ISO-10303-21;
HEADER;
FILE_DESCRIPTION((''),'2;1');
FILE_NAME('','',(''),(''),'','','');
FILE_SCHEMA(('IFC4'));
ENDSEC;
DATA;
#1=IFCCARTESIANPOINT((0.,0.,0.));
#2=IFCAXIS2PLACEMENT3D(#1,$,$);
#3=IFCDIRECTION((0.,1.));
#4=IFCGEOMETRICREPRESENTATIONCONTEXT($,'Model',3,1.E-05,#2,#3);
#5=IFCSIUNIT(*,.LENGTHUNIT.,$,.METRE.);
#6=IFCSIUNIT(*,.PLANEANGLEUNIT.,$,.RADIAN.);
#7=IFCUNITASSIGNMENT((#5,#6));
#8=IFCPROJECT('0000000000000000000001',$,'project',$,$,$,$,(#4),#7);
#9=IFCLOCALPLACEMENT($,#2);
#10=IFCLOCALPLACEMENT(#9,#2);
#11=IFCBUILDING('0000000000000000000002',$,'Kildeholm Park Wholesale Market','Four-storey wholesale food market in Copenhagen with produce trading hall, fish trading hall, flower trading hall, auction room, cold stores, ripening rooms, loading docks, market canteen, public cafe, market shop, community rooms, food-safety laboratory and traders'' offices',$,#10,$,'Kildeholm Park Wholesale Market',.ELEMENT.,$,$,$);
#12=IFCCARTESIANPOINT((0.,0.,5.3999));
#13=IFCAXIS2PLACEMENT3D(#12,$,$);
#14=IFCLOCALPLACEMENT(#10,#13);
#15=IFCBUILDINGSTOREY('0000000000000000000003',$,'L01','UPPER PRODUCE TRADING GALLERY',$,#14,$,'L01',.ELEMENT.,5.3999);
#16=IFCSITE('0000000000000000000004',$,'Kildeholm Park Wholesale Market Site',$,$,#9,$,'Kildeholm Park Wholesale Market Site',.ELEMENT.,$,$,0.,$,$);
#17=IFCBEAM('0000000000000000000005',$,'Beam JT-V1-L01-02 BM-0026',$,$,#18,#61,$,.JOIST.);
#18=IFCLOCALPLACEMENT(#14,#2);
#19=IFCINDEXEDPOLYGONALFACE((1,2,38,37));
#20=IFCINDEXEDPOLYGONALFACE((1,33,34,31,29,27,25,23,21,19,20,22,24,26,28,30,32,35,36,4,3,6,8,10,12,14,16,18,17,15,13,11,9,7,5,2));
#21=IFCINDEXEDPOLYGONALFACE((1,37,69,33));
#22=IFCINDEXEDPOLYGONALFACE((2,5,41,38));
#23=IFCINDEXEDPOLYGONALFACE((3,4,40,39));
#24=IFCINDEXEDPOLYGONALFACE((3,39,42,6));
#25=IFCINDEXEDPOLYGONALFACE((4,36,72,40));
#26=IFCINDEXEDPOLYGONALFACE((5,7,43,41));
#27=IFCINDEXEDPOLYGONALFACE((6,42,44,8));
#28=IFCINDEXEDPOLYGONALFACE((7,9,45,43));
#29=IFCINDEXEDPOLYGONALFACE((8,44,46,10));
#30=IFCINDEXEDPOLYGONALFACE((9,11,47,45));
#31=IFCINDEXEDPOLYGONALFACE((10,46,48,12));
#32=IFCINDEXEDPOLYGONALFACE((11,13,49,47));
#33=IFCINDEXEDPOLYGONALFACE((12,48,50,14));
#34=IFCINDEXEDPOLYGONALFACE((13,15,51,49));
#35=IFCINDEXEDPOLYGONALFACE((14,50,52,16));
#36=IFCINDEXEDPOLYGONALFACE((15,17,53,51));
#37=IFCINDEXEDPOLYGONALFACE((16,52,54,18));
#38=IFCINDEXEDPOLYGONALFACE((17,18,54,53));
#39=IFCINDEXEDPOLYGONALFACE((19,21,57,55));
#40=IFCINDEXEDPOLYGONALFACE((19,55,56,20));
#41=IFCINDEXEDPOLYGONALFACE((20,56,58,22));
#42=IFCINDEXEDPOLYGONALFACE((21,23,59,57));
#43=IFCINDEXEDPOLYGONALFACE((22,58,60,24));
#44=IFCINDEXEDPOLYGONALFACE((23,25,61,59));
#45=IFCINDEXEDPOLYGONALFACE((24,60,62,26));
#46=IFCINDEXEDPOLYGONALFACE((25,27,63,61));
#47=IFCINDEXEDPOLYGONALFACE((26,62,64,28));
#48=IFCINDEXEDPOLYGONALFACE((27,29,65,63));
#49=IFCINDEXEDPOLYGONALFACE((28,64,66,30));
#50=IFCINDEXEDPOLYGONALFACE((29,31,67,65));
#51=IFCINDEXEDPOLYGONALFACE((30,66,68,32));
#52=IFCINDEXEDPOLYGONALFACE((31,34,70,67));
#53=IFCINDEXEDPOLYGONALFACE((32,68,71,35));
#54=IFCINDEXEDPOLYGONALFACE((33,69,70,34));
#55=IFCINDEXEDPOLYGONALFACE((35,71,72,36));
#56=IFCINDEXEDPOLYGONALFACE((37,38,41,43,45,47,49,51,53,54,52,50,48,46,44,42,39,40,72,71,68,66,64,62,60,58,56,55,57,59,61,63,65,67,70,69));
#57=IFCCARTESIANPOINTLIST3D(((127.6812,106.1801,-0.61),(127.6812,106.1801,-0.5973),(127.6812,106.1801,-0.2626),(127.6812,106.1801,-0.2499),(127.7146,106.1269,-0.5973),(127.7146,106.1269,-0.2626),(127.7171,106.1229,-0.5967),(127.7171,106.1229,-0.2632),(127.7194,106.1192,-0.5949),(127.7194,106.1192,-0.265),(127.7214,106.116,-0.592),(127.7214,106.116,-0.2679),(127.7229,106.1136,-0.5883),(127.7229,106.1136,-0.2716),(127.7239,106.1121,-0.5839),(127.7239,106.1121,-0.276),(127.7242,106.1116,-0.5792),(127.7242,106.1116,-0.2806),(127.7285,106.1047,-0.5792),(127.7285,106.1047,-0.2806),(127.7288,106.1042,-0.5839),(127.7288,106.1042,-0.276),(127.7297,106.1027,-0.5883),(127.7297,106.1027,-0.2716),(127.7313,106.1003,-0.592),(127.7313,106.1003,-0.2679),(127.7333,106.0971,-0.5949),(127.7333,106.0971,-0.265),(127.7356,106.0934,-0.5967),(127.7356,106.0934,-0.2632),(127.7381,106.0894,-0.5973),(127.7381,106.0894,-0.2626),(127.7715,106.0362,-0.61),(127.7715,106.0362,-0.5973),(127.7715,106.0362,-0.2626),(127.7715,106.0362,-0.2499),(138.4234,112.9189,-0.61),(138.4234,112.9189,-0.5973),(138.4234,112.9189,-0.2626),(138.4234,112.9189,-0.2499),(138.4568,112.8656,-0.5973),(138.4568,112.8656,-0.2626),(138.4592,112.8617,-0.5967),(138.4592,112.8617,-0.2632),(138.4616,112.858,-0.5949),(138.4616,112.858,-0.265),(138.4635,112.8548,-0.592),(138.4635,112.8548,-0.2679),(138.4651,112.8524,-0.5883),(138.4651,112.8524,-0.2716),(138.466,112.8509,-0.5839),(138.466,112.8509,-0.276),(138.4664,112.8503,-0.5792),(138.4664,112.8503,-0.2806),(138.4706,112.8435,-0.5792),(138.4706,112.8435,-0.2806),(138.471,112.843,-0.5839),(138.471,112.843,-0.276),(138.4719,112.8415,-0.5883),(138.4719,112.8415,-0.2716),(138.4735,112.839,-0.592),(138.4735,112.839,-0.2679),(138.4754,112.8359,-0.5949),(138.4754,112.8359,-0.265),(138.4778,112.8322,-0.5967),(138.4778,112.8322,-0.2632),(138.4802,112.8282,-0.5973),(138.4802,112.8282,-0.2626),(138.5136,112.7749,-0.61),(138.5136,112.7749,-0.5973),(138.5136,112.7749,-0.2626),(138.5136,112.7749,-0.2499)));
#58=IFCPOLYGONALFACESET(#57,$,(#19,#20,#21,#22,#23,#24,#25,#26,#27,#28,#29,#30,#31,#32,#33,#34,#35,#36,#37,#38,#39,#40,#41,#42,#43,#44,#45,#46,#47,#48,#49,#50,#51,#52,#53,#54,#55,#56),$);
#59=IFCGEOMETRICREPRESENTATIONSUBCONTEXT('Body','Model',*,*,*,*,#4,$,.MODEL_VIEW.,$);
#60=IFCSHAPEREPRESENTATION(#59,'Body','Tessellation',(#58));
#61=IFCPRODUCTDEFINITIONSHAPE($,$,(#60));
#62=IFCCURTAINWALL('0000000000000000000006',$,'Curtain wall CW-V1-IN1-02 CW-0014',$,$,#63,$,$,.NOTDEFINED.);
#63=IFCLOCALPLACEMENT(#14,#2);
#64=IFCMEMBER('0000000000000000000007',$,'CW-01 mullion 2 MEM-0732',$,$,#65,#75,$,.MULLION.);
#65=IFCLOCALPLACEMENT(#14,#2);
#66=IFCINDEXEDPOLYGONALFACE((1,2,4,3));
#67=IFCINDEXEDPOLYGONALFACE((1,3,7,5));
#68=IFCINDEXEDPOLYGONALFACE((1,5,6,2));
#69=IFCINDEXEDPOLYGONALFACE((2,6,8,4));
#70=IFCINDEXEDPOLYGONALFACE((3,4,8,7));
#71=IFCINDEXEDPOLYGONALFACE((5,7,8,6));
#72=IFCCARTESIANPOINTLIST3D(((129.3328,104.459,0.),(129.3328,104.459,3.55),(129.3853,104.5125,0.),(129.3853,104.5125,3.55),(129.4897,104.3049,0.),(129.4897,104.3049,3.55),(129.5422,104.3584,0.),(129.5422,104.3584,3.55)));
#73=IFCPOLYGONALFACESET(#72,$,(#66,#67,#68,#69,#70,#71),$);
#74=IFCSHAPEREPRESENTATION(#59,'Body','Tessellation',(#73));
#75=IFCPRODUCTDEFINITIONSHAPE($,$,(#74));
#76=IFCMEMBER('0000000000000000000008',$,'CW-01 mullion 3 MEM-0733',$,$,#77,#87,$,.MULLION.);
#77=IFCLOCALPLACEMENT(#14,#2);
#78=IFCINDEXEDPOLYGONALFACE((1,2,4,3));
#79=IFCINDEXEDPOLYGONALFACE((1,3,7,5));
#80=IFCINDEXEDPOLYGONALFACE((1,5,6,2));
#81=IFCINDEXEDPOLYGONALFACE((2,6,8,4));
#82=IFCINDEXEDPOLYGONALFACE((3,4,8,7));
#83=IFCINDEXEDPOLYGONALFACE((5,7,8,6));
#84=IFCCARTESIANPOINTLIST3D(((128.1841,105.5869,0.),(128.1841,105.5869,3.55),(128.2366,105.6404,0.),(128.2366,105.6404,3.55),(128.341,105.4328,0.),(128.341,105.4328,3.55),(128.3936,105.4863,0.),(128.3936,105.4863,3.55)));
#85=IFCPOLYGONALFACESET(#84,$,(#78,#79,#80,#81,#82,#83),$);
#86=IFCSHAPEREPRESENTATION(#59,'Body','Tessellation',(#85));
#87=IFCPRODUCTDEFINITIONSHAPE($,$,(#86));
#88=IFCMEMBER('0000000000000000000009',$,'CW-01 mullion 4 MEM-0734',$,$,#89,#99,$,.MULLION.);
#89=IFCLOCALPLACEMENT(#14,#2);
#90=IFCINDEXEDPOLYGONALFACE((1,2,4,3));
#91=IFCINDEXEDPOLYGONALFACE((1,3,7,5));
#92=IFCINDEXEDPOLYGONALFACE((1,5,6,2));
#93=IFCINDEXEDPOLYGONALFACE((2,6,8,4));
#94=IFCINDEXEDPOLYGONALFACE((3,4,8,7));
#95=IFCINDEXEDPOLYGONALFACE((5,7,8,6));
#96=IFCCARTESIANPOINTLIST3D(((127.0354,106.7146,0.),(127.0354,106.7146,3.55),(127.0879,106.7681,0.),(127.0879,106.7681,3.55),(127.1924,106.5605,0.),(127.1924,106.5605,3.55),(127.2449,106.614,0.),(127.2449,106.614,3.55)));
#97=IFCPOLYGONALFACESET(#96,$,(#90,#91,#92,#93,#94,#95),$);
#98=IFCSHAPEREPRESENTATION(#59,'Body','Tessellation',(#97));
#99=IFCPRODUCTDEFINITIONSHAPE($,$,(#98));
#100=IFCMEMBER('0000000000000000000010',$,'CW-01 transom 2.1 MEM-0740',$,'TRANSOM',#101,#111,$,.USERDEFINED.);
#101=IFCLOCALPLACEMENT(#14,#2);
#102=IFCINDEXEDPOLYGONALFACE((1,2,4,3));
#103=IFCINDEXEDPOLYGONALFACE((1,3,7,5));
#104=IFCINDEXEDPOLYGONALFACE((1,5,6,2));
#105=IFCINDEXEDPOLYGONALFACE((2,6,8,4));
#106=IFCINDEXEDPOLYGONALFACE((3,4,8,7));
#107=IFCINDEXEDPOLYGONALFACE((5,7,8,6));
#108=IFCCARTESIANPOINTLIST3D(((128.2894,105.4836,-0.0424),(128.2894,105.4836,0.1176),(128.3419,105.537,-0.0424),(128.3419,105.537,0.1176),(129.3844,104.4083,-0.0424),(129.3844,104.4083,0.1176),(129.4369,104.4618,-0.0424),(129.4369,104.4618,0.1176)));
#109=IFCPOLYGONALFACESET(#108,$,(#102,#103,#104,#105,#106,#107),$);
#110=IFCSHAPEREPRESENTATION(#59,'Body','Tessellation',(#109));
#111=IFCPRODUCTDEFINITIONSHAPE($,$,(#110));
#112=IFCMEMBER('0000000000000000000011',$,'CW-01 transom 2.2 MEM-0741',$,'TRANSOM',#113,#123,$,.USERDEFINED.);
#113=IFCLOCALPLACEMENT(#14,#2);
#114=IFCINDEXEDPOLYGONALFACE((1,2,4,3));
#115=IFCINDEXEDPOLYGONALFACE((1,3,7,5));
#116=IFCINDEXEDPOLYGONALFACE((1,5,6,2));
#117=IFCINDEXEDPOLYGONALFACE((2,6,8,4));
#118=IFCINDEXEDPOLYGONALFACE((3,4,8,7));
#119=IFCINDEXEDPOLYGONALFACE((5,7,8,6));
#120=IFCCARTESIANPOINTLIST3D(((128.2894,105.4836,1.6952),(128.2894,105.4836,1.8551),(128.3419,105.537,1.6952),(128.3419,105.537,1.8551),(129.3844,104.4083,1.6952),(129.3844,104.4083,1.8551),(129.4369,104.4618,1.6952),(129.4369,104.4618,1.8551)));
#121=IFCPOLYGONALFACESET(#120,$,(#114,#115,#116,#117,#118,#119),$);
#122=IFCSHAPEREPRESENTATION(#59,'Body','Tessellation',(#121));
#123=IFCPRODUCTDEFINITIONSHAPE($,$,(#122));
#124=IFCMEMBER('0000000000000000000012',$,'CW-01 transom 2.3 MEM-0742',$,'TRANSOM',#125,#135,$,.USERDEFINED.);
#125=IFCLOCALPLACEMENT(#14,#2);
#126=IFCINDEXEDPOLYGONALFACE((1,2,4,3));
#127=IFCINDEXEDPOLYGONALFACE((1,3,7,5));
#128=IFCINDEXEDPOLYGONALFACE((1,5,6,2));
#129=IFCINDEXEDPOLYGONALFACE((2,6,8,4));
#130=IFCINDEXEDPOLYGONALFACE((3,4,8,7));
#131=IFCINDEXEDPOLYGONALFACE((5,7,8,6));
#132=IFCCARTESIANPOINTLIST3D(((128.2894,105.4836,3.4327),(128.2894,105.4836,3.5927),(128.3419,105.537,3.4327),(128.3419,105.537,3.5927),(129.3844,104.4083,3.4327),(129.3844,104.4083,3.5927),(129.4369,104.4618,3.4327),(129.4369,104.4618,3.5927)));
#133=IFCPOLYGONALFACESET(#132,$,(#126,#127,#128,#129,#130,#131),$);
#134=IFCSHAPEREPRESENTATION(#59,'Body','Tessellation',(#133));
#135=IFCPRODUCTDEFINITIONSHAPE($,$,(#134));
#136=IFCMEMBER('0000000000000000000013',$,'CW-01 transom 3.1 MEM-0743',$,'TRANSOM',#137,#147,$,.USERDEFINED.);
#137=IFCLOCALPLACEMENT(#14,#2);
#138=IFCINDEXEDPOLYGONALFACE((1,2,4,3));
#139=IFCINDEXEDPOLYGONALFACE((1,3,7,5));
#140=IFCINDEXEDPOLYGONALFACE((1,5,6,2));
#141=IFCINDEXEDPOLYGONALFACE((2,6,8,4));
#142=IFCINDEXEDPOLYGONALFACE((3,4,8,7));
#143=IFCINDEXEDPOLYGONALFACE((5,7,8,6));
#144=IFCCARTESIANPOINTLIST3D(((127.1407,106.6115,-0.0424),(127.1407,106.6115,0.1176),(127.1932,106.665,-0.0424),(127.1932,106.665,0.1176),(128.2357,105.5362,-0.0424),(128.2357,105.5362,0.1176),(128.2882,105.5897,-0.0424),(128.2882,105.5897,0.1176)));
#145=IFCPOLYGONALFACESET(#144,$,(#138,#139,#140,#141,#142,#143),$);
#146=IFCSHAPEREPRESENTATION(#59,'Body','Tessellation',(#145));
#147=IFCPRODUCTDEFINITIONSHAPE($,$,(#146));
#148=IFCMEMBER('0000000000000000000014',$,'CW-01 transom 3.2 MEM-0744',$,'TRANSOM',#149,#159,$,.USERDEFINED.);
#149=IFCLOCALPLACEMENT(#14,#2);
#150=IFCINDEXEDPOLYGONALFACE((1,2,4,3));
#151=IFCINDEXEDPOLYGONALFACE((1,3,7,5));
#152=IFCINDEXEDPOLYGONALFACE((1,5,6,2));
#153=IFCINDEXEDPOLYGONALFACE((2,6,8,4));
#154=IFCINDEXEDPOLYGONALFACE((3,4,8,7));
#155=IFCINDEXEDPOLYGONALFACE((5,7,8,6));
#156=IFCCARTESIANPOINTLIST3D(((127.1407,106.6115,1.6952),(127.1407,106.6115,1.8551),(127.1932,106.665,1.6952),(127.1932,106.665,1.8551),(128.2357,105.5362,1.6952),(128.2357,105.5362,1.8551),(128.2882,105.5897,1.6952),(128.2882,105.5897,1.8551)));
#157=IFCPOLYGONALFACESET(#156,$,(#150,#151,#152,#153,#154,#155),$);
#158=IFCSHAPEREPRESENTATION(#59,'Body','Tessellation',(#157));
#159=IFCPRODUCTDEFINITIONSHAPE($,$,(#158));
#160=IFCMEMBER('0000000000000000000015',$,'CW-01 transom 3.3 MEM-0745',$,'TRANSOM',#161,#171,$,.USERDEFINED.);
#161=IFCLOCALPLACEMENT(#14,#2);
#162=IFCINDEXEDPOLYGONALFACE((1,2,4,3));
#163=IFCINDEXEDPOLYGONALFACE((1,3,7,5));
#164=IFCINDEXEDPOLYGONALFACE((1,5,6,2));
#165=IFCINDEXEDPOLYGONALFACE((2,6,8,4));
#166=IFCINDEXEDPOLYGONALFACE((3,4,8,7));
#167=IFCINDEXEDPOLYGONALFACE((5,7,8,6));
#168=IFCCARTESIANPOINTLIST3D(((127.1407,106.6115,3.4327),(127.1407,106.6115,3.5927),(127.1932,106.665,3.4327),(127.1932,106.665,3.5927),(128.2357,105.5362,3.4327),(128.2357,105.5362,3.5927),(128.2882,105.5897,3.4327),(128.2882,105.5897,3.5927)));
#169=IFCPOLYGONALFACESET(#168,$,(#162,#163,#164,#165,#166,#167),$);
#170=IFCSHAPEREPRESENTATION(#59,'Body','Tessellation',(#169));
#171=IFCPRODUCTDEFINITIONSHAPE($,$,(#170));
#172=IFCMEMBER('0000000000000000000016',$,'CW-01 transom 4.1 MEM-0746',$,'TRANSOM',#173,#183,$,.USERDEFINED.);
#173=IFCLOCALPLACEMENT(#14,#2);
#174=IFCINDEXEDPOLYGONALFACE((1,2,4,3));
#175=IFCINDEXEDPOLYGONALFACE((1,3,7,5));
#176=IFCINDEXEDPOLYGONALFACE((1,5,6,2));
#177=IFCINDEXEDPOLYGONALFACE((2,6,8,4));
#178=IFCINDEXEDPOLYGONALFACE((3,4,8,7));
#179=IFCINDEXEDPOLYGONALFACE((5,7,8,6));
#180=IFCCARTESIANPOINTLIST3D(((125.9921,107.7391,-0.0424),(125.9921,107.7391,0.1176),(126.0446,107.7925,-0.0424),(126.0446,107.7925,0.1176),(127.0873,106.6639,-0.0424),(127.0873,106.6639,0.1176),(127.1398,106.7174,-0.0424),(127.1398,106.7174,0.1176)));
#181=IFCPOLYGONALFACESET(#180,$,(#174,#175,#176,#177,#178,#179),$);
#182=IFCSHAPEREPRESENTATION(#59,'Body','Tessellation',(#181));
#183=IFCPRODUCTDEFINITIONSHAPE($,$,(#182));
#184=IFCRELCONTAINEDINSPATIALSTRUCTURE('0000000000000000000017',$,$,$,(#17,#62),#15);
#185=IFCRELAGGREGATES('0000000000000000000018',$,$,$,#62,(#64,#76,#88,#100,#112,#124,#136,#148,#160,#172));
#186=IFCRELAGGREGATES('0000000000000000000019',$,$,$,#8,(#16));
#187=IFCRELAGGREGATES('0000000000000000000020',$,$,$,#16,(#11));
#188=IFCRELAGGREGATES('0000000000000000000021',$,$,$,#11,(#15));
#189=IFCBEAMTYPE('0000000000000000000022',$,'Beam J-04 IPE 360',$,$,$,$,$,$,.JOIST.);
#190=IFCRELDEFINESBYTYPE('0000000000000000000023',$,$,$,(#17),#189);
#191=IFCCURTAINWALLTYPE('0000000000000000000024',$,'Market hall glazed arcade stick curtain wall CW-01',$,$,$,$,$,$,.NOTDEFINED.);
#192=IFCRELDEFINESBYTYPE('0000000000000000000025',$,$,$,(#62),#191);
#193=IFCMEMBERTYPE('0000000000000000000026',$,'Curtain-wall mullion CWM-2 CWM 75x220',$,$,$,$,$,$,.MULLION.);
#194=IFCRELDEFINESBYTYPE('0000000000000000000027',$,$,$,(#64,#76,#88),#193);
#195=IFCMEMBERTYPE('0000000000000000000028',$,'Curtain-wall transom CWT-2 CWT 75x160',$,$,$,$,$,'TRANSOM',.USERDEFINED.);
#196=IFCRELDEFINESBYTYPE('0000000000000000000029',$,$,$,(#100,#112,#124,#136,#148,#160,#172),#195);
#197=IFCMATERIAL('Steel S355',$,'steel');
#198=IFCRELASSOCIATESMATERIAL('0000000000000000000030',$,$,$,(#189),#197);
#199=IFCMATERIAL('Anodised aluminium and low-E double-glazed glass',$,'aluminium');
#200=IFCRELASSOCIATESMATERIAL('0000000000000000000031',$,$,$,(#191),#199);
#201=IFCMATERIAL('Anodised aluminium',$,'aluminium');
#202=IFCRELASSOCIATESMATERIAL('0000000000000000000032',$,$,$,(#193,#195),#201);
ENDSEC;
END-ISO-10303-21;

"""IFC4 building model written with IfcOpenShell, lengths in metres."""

from ifc_helpers import new_model, si_unit, direction, frame, origin, origin_2d, place, context, subcontext, project, spatial, rectangle, i_section, extrude, material, material_profile, profile_set, type_object, element, aggregate, save


model = new_model("IFC4")

# Units and contexts
model_context = context("Model", 3, precision=1e-05, world=origin(), true_north=direction((0.0, 1.0)))
body_context = subcontext(model_context, "Body", "Model", "MODEL_VIEW")
ifc_project = project(units=[si_unit("LENGTHUNIT", "METRE"), si_unit("PLANEANGLEUNIT", "RADIAN")], contexts=[model_context])

# Site, building, storey
site_placement = place(None, origin())
site = spatial("IfcSite", under=ifc_project, at=site_placement, Name="Kildeholm Park Wholesale Market Site", LongName="Kildeholm Park Wholesale Market Site", CompositionType="ELEMENT", RefElevation=0.0)
building_placement = place(site_placement, origin())
building = spatial("IfcBuilding", under=site, at=building_placement, Name="Kildeholm Park Wholesale Market", Description="Four-storey wholesale food market in Copenhagen with produce trading hall, fish trading hall, flower trading hall, auction room, cold stores, ripening rooms, loading docks, market canteen, public cafe, market shop, community rooms, food-safety laboratory and traders' offices", LongName="Kildeholm Park Wholesale Market", CompositionType="ELEMENT")
storey_placement = place(building_placement, frame((0.0, 0.0, 5.3999)))
storey = spatial("IfcBuildingStorey", under=building, at=storey_placement, Name="L01", Description="UPPER PRODUCE TRADING GALLERY", LongName="L01", CompositionType="ELEMENT", Elevation=5.3999)

# Beam
ifc_material_1 = material(Name="Steel S355", Category="steel")
ifc_material_profile_1 = material_profile(ifc_material_1, i_section(OverallWidth=0.1699, OverallDepth=0.3601, WebThickness=0.0081, FlangeThickness=0.0127, FilletRadius=0.0181, at=origin_2d()), Name="IPE 360")
ifc_profile_set_1 = profile_set([ifc_material_profile_1], Name="Steel S355")
beam_type = type_object("IfcBeamType", Name="Beam J-04 IPE 360", PredefinedType="JOIST", material=ifc_profile_set_1)
beam_placement = place(storey_placement, frame((127.7263, 106.1082, -0.4299), z_axis=(0.847115, 0.53141, 0.0), x_axis=(-0.53141, 0.847115, 0.0)))
element("IfcBeam", 1, at=beam_placement, inside=storey, type_object=beam_type, Name="Beam JT-V1-L01-02 BM-0026", PredefinedType="JOIST", context=body_context, shape_type="SweptSolid", body=[
    extrude(i_section(OverallWidth=0.1699, OverallDepth=0.3601, WebThickness=0.0081, FlangeThickness=0.0127, FilletRadius=0.0181, at=origin_2d()), origin(), (0.0, 0.0, 1.0), 12.6809),
])

# Curtain wall, members
ifc_material_2 = material(Name="Anodised aluminium and low-E double-glazed glass", Category="aluminium")
curtain_wall_type = type_object("IfcCurtainWallType", Name="Market hall glazed arcade stick curtain wall CW-01", PredefinedType="NOTDEFINED", material=ifc_material_2)
curtain_wall_placement = place(storey_placement, origin())
curtain_wall = element("IfcCurtainWall", 2, at=curtain_wall_placement, inside=storey, type_object=curtain_wall_type, Name="Curtain wall CW-V1-IN1-02 CW-0014", PredefinedType="NOTDEFINED")
ifc_material_3 = material(Name="Anodised aluminium", Category="aluminium")
ifc_material_profile_2 = material_profile(ifc_material_3, rectangle(XDim=0.075, YDim=0.22, at=origin_2d()), Name="CWM 75x220")
ifc_profile_set_2 = profile_set([ifc_material_profile_2], Name="Anodised aluminium")
member_type_1 = type_object("IfcMemberType", Name="Curtain-wall mullion CWM-2 CWM 75x220", PredefinedType="MULLION", material=ifc_profile_set_2)
member_1_placement = place(storey_placement, frame((129.4375, 104.4087, 0.0), z_axis=(0.0, 0.0, 1.0), x_axis=(-0.700617, -0.713538, 0.0)))
member_1 = element("IfcMember", 3, at=member_1_placement, type_object=member_type_1, Name="CW-01 mullion 2 MEM-0732", PredefinedType="MULLION", context=body_context, shape_type="SweptSolid", body=[
    extrude(rectangle(XDim=0.075, YDim=0.22, at=origin_2d()), origin(), (0.0, 0.0, 1.0), 3.55),
])
member_2_placement = place(storey_placement, frame((128.2888, 105.5366, 0.0), z_axis=(0.0, 0.0, 1.0), x_axis=(-0.700617, -0.713538, 0.0)))
member_2 = element("IfcMember", 4, at=member_2_placement, type_object=member_type_1, Name="CW-01 mullion 3 MEM-0733", PredefinedType="MULLION", context=body_context, shape_type="SweptSolid", body=[
    extrude(rectangle(XDim=0.075, YDim=0.22, at=origin_2d()), origin(), (0.0, 0.0, 1.0), 3.55),
])
member_3_placement = place(storey_placement, frame((127.1401, 106.6643, 0.0), z_axis=(0.0, 0.0, 1.0), x_axis=(-0.700617, -0.713538, 0.0)))
member_3 = element("IfcMember", 5, at=member_3_placement, type_object=member_type_1, Name="CW-01 mullion 4 MEM-0734", PredefinedType="MULLION", context=body_context, shape_type="SweptSolid", body=[
    extrude(rectangle(XDim=0.075, YDim=0.22, at=origin_2d()), origin(), (0.0, 0.0, 1.0), 3.55),
])
ifc_material_profile_3 = material_profile(ifc_material_3, rectangle(XDim=0.075, YDim=0.1599, at=origin_2d()), Name="CWT 75x160")
ifc_profile_set_3 = profile_set([ifc_material_profile_3], Name="Anodised aluminium")
member_type_2 = type_object("IfcMemberType", Name="Curtain-wall transom CWT-2 CWT 75x160", ElementType="TRANSOM", PredefinedType="USERDEFINED", material=ifc_profile_set_3)
member_4_placement = place(storey_placement, frame((129.4106, 104.4351, 0.0376), z_axis=(-0.713521, 0.700634, 0.0), x_axis=(-0.700634, -0.713521, 0.0)))
member_4 = element("IfcMember", 6, at=member_4_placement, type_object=member_type_2, Name="CW-01 transom 2.1 MEM-0740", ObjectType="TRANSOM", PredefinedType="USERDEFINED", context=body_context, shape_type="SweptSolid", body=[
    extrude(rectangle(XDim=0.075, YDim=0.1599, at=origin_2d()), origin(), (0.0, 0.0, 1.0), 1.5347),
])
member_5_placement = place(storey_placement, frame((129.4106, 104.4351, 1.7751), z_axis=(-0.713521, 0.700634, 0.0), x_axis=(-0.700634, -0.713521, 0.0)))
member_5 = element("IfcMember", 7, at=member_5_placement, type_object=member_type_2, Name="CW-01 transom 2.2 MEM-0741", ObjectType="TRANSOM", PredefinedType="USERDEFINED", context=body_context, shape_type="SweptSolid", body=[
    extrude(rectangle(XDim=0.075, YDim=0.1599, at=origin_2d()), origin(), (0.0, 0.0, 1.0), 1.5347),
])
member_6_placement = place(storey_placement, frame((129.4106, 104.4351, 3.5127), z_axis=(-0.713521, 0.700634, 0.0), x_axis=(-0.700634, -0.713521, 0.0)))
member_6 = element("IfcMember", 8, at=member_6_placement, type_object=member_type_2, Name="CW-01 transom 2.3 MEM-0742", ObjectType="TRANSOM", PredefinedType="USERDEFINED", context=body_context, shape_type="SweptSolid", body=[
    extrude(rectangle(XDim=0.075, YDim=0.1599, at=origin_2d()), origin(), (0.0, 0.0, 1.0), 1.5347),
])
member_7_placement = place(storey_placement, frame((128.262, 105.563, 0.0376), z_axis=(-0.713521, 0.700634, 0.0), x_axis=(-0.700634, -0.713521, 0.0)))
member_7 = element("IfcMember", 9, at=member_7_placement, type_object=member_type_2, Name="CW-01 transom 3.1 MEM-0743", ObjectType="TRANSOM", PredefinedType="USERDEFINED", context=body_context, shape_type="SweptSolid", body=[
    extrude(rectangle(XDim=0.075, YDim=0.1599, at=origin_2d()), origin(), (0.0, 0.0, 1.0), 1.5347),
])
member_8_placement = place(storey_placement, frame((128.262, 105.563, 1.7751), z_axis=(-0.713521, 0.700634, 0.0), x_axis=(-0.700634, -0.713521, 0.0)))
member_8 = element("IfcMember", 10, at=member_8_placement, type_object=member_type_2, Name="CW-01 transom 3.2 MEM-0744", ObjectType="TRANSOM", PredefinedType="USERDEFINED", context=body_context, shape_type="SweptSolid", body=[
    extrude(rectangle(XDim=0.075, YDim=0.1599, at=origin_2d()), origin(), (0.0, 0.0, 1.0), 1.5347),
])
member_9_placement = place(storey_placement, frame((128.262, 105.563, 3.5127), z_axis=(-0.713521, 0.700634, 0.0), x_axis=(-0.700634, -0.713521, 0.0)))
member_9 = element("IfcMember", 11, at=member_9_placement, type_object=member_type_2, Name="CW-01 transom 3.3 MEM-0745", ObjectType="TRANSOM", PredefinedType="USERDEFINED", context=body_context, shape_type="SweptSolid", body=[
    extrude(rectangle(XDim=0.075, YDim=0.1599, at=origin_2d()), origin(), (0.0, 0.0, 1.0), 1.5347),
])
member_10_placement = place(storey_placement, frame((127.1135, 106.6907, 0.0376), z_axis=(-0.713599, 0.700555, 0.0), x_axis=(-0.700555, -0.713599, 0.0)))
member_10 = element("IfcMember", 12, at=member_10_placement, type_object=member_type_2, Name="CW-01 transom 4.1 MEM-0746", ObjectType="TRANSOM", PredefinedType="USERDEFINED", context=body_context, shape_type="SweptSolid", body=[
    extrude(rectangle(XDim=0.075, YDim=0.1599, at=origin_2d()), origin(), (0.0, 0.0, 1.0), 1.5347),
])
aggregate(curtain_wall, [member_1, member_2, member_3, member_4, member_5, member_6, member_7, member_8, member_9, member_10])

save(model, "model.ifc")
